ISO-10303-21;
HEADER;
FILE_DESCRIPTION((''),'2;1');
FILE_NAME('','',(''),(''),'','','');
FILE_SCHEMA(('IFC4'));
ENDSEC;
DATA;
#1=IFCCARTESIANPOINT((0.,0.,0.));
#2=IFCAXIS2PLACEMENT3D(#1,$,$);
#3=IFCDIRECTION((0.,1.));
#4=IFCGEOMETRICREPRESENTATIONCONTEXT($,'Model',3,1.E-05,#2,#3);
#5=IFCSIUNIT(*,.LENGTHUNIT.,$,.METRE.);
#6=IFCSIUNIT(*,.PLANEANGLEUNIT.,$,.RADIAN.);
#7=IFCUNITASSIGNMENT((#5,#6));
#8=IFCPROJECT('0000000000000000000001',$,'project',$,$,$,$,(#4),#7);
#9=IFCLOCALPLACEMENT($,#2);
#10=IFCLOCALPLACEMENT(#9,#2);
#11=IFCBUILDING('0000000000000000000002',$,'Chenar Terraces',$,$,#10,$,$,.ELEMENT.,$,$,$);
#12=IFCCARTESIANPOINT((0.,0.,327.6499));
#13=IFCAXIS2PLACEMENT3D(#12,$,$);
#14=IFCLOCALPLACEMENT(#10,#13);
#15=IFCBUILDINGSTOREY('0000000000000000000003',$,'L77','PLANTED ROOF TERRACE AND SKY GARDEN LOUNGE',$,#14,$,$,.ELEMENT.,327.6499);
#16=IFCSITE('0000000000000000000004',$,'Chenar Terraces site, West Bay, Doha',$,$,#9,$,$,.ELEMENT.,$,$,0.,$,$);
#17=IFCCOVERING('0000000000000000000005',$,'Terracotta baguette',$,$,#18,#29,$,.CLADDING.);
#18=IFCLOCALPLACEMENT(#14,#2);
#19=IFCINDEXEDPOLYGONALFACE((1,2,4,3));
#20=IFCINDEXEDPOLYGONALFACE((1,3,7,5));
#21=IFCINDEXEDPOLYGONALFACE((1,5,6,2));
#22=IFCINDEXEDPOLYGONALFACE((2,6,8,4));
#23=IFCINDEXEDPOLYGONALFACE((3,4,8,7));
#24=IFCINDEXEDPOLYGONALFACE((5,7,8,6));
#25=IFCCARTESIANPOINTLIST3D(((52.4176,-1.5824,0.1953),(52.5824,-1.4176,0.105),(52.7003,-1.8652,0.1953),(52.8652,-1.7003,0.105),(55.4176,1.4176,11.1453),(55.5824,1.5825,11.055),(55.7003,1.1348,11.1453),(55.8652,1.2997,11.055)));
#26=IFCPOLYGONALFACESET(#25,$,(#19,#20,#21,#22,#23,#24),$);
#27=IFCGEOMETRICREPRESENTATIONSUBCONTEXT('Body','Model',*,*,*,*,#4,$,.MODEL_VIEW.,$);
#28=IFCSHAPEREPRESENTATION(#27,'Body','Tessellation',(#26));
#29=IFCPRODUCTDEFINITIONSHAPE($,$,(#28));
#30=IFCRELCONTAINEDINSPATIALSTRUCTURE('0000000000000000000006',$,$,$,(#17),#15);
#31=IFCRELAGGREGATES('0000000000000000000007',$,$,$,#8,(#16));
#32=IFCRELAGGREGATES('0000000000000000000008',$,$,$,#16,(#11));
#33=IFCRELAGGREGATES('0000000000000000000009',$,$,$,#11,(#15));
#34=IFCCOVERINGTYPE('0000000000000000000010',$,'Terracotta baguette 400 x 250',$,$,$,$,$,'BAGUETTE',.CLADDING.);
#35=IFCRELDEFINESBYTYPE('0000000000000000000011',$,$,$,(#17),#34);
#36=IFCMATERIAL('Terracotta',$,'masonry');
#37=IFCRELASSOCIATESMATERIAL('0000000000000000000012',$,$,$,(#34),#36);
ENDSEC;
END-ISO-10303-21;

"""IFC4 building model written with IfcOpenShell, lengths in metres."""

from ifc_helpers import new_model, si_unit, direction, frame, origin, origin_2d, place, context, subcontext, project, spatial, rectangle, extrude, material, material_profile, profile_set, type_object, element, save


model = new_model("IFC4")

# Units and contexts
model_context = context("Model", 3, precision=1e-05, world=origin(), true_north=direction((0.0, 1.0)))
body_context = subcontext(model_context, "Body", "Model", "MODEL_VIEW")
ifc_project = project(units=[si_unit("LENGTHUNIT", "METRE"), si_unit("PLANEANGLEUNIT", "RADIAN")], contexts=[model_context])

# Site, building, storey
site_placement = place(None, origin())
site = spatial("IfcSite", under=ifc_project, at=site_placement, Name="Chenar Terraces site, West Bay, Doha", CompositionType="ELEMENT", RefElevation=0.0)
building_placement = place(site_placement, origin())
building = spatial("IfcBuilding", under=site, at=building_placement, Name="Chenar Terraces", CompositionType="ELEMENT")
storey_placement = place(building_placement, frame((0.0, 0.0, 327.6499)))
storey = spatial("IfcBuildingStorey", under=building, at=storey_placement, Name="L77", Description="PLANTED ROOF TERRACE AND SKY GARDEN LOUNGE", CompositionType="ELEMENT", Elevation=327.6499)

# Covering
ifc_material_1 = material(Name="Terracotta", Category="masonry")
ifc_material_profile_1 = material_profile(ifc_material_1, rectangle(XDim=0.3999, YDim=0.25, at=origin_2d()), Name="Terracotta baguette 400 x 250")
ifc_profile_set_1 = profile_set([ifc_material_profile_1], Name="Terracotta")
covering_type = type_object("IfcCoveringType", Name="Terracotta baguette 400 x 250", ElementType="BAGUETTE", PredefinedType="CLADDING", material=ifc_profile_set_1)
covering_placement = place(storey_placement, frame((52.6414, -1.6414, 0.1501), z_axis=(0.255468, 0.255468, 0.932455), x_axis=(-0.707107, 0.707107, 0.0)))
element("IfcCovering", 1, at=covering_placement, inside=storey, type_object=covering_type, Name="Terracotta baguette", PredefinedType="CLADDING", context=body_context, shape_type="SweptSolid", body=[
    extrude(rectangle(XDim=0.3999, YDim=0.25, at=origin_2d()), origin(), (0.0, 0.0, 1.0), 11.7432),
])

save(model, "model.ifc")
